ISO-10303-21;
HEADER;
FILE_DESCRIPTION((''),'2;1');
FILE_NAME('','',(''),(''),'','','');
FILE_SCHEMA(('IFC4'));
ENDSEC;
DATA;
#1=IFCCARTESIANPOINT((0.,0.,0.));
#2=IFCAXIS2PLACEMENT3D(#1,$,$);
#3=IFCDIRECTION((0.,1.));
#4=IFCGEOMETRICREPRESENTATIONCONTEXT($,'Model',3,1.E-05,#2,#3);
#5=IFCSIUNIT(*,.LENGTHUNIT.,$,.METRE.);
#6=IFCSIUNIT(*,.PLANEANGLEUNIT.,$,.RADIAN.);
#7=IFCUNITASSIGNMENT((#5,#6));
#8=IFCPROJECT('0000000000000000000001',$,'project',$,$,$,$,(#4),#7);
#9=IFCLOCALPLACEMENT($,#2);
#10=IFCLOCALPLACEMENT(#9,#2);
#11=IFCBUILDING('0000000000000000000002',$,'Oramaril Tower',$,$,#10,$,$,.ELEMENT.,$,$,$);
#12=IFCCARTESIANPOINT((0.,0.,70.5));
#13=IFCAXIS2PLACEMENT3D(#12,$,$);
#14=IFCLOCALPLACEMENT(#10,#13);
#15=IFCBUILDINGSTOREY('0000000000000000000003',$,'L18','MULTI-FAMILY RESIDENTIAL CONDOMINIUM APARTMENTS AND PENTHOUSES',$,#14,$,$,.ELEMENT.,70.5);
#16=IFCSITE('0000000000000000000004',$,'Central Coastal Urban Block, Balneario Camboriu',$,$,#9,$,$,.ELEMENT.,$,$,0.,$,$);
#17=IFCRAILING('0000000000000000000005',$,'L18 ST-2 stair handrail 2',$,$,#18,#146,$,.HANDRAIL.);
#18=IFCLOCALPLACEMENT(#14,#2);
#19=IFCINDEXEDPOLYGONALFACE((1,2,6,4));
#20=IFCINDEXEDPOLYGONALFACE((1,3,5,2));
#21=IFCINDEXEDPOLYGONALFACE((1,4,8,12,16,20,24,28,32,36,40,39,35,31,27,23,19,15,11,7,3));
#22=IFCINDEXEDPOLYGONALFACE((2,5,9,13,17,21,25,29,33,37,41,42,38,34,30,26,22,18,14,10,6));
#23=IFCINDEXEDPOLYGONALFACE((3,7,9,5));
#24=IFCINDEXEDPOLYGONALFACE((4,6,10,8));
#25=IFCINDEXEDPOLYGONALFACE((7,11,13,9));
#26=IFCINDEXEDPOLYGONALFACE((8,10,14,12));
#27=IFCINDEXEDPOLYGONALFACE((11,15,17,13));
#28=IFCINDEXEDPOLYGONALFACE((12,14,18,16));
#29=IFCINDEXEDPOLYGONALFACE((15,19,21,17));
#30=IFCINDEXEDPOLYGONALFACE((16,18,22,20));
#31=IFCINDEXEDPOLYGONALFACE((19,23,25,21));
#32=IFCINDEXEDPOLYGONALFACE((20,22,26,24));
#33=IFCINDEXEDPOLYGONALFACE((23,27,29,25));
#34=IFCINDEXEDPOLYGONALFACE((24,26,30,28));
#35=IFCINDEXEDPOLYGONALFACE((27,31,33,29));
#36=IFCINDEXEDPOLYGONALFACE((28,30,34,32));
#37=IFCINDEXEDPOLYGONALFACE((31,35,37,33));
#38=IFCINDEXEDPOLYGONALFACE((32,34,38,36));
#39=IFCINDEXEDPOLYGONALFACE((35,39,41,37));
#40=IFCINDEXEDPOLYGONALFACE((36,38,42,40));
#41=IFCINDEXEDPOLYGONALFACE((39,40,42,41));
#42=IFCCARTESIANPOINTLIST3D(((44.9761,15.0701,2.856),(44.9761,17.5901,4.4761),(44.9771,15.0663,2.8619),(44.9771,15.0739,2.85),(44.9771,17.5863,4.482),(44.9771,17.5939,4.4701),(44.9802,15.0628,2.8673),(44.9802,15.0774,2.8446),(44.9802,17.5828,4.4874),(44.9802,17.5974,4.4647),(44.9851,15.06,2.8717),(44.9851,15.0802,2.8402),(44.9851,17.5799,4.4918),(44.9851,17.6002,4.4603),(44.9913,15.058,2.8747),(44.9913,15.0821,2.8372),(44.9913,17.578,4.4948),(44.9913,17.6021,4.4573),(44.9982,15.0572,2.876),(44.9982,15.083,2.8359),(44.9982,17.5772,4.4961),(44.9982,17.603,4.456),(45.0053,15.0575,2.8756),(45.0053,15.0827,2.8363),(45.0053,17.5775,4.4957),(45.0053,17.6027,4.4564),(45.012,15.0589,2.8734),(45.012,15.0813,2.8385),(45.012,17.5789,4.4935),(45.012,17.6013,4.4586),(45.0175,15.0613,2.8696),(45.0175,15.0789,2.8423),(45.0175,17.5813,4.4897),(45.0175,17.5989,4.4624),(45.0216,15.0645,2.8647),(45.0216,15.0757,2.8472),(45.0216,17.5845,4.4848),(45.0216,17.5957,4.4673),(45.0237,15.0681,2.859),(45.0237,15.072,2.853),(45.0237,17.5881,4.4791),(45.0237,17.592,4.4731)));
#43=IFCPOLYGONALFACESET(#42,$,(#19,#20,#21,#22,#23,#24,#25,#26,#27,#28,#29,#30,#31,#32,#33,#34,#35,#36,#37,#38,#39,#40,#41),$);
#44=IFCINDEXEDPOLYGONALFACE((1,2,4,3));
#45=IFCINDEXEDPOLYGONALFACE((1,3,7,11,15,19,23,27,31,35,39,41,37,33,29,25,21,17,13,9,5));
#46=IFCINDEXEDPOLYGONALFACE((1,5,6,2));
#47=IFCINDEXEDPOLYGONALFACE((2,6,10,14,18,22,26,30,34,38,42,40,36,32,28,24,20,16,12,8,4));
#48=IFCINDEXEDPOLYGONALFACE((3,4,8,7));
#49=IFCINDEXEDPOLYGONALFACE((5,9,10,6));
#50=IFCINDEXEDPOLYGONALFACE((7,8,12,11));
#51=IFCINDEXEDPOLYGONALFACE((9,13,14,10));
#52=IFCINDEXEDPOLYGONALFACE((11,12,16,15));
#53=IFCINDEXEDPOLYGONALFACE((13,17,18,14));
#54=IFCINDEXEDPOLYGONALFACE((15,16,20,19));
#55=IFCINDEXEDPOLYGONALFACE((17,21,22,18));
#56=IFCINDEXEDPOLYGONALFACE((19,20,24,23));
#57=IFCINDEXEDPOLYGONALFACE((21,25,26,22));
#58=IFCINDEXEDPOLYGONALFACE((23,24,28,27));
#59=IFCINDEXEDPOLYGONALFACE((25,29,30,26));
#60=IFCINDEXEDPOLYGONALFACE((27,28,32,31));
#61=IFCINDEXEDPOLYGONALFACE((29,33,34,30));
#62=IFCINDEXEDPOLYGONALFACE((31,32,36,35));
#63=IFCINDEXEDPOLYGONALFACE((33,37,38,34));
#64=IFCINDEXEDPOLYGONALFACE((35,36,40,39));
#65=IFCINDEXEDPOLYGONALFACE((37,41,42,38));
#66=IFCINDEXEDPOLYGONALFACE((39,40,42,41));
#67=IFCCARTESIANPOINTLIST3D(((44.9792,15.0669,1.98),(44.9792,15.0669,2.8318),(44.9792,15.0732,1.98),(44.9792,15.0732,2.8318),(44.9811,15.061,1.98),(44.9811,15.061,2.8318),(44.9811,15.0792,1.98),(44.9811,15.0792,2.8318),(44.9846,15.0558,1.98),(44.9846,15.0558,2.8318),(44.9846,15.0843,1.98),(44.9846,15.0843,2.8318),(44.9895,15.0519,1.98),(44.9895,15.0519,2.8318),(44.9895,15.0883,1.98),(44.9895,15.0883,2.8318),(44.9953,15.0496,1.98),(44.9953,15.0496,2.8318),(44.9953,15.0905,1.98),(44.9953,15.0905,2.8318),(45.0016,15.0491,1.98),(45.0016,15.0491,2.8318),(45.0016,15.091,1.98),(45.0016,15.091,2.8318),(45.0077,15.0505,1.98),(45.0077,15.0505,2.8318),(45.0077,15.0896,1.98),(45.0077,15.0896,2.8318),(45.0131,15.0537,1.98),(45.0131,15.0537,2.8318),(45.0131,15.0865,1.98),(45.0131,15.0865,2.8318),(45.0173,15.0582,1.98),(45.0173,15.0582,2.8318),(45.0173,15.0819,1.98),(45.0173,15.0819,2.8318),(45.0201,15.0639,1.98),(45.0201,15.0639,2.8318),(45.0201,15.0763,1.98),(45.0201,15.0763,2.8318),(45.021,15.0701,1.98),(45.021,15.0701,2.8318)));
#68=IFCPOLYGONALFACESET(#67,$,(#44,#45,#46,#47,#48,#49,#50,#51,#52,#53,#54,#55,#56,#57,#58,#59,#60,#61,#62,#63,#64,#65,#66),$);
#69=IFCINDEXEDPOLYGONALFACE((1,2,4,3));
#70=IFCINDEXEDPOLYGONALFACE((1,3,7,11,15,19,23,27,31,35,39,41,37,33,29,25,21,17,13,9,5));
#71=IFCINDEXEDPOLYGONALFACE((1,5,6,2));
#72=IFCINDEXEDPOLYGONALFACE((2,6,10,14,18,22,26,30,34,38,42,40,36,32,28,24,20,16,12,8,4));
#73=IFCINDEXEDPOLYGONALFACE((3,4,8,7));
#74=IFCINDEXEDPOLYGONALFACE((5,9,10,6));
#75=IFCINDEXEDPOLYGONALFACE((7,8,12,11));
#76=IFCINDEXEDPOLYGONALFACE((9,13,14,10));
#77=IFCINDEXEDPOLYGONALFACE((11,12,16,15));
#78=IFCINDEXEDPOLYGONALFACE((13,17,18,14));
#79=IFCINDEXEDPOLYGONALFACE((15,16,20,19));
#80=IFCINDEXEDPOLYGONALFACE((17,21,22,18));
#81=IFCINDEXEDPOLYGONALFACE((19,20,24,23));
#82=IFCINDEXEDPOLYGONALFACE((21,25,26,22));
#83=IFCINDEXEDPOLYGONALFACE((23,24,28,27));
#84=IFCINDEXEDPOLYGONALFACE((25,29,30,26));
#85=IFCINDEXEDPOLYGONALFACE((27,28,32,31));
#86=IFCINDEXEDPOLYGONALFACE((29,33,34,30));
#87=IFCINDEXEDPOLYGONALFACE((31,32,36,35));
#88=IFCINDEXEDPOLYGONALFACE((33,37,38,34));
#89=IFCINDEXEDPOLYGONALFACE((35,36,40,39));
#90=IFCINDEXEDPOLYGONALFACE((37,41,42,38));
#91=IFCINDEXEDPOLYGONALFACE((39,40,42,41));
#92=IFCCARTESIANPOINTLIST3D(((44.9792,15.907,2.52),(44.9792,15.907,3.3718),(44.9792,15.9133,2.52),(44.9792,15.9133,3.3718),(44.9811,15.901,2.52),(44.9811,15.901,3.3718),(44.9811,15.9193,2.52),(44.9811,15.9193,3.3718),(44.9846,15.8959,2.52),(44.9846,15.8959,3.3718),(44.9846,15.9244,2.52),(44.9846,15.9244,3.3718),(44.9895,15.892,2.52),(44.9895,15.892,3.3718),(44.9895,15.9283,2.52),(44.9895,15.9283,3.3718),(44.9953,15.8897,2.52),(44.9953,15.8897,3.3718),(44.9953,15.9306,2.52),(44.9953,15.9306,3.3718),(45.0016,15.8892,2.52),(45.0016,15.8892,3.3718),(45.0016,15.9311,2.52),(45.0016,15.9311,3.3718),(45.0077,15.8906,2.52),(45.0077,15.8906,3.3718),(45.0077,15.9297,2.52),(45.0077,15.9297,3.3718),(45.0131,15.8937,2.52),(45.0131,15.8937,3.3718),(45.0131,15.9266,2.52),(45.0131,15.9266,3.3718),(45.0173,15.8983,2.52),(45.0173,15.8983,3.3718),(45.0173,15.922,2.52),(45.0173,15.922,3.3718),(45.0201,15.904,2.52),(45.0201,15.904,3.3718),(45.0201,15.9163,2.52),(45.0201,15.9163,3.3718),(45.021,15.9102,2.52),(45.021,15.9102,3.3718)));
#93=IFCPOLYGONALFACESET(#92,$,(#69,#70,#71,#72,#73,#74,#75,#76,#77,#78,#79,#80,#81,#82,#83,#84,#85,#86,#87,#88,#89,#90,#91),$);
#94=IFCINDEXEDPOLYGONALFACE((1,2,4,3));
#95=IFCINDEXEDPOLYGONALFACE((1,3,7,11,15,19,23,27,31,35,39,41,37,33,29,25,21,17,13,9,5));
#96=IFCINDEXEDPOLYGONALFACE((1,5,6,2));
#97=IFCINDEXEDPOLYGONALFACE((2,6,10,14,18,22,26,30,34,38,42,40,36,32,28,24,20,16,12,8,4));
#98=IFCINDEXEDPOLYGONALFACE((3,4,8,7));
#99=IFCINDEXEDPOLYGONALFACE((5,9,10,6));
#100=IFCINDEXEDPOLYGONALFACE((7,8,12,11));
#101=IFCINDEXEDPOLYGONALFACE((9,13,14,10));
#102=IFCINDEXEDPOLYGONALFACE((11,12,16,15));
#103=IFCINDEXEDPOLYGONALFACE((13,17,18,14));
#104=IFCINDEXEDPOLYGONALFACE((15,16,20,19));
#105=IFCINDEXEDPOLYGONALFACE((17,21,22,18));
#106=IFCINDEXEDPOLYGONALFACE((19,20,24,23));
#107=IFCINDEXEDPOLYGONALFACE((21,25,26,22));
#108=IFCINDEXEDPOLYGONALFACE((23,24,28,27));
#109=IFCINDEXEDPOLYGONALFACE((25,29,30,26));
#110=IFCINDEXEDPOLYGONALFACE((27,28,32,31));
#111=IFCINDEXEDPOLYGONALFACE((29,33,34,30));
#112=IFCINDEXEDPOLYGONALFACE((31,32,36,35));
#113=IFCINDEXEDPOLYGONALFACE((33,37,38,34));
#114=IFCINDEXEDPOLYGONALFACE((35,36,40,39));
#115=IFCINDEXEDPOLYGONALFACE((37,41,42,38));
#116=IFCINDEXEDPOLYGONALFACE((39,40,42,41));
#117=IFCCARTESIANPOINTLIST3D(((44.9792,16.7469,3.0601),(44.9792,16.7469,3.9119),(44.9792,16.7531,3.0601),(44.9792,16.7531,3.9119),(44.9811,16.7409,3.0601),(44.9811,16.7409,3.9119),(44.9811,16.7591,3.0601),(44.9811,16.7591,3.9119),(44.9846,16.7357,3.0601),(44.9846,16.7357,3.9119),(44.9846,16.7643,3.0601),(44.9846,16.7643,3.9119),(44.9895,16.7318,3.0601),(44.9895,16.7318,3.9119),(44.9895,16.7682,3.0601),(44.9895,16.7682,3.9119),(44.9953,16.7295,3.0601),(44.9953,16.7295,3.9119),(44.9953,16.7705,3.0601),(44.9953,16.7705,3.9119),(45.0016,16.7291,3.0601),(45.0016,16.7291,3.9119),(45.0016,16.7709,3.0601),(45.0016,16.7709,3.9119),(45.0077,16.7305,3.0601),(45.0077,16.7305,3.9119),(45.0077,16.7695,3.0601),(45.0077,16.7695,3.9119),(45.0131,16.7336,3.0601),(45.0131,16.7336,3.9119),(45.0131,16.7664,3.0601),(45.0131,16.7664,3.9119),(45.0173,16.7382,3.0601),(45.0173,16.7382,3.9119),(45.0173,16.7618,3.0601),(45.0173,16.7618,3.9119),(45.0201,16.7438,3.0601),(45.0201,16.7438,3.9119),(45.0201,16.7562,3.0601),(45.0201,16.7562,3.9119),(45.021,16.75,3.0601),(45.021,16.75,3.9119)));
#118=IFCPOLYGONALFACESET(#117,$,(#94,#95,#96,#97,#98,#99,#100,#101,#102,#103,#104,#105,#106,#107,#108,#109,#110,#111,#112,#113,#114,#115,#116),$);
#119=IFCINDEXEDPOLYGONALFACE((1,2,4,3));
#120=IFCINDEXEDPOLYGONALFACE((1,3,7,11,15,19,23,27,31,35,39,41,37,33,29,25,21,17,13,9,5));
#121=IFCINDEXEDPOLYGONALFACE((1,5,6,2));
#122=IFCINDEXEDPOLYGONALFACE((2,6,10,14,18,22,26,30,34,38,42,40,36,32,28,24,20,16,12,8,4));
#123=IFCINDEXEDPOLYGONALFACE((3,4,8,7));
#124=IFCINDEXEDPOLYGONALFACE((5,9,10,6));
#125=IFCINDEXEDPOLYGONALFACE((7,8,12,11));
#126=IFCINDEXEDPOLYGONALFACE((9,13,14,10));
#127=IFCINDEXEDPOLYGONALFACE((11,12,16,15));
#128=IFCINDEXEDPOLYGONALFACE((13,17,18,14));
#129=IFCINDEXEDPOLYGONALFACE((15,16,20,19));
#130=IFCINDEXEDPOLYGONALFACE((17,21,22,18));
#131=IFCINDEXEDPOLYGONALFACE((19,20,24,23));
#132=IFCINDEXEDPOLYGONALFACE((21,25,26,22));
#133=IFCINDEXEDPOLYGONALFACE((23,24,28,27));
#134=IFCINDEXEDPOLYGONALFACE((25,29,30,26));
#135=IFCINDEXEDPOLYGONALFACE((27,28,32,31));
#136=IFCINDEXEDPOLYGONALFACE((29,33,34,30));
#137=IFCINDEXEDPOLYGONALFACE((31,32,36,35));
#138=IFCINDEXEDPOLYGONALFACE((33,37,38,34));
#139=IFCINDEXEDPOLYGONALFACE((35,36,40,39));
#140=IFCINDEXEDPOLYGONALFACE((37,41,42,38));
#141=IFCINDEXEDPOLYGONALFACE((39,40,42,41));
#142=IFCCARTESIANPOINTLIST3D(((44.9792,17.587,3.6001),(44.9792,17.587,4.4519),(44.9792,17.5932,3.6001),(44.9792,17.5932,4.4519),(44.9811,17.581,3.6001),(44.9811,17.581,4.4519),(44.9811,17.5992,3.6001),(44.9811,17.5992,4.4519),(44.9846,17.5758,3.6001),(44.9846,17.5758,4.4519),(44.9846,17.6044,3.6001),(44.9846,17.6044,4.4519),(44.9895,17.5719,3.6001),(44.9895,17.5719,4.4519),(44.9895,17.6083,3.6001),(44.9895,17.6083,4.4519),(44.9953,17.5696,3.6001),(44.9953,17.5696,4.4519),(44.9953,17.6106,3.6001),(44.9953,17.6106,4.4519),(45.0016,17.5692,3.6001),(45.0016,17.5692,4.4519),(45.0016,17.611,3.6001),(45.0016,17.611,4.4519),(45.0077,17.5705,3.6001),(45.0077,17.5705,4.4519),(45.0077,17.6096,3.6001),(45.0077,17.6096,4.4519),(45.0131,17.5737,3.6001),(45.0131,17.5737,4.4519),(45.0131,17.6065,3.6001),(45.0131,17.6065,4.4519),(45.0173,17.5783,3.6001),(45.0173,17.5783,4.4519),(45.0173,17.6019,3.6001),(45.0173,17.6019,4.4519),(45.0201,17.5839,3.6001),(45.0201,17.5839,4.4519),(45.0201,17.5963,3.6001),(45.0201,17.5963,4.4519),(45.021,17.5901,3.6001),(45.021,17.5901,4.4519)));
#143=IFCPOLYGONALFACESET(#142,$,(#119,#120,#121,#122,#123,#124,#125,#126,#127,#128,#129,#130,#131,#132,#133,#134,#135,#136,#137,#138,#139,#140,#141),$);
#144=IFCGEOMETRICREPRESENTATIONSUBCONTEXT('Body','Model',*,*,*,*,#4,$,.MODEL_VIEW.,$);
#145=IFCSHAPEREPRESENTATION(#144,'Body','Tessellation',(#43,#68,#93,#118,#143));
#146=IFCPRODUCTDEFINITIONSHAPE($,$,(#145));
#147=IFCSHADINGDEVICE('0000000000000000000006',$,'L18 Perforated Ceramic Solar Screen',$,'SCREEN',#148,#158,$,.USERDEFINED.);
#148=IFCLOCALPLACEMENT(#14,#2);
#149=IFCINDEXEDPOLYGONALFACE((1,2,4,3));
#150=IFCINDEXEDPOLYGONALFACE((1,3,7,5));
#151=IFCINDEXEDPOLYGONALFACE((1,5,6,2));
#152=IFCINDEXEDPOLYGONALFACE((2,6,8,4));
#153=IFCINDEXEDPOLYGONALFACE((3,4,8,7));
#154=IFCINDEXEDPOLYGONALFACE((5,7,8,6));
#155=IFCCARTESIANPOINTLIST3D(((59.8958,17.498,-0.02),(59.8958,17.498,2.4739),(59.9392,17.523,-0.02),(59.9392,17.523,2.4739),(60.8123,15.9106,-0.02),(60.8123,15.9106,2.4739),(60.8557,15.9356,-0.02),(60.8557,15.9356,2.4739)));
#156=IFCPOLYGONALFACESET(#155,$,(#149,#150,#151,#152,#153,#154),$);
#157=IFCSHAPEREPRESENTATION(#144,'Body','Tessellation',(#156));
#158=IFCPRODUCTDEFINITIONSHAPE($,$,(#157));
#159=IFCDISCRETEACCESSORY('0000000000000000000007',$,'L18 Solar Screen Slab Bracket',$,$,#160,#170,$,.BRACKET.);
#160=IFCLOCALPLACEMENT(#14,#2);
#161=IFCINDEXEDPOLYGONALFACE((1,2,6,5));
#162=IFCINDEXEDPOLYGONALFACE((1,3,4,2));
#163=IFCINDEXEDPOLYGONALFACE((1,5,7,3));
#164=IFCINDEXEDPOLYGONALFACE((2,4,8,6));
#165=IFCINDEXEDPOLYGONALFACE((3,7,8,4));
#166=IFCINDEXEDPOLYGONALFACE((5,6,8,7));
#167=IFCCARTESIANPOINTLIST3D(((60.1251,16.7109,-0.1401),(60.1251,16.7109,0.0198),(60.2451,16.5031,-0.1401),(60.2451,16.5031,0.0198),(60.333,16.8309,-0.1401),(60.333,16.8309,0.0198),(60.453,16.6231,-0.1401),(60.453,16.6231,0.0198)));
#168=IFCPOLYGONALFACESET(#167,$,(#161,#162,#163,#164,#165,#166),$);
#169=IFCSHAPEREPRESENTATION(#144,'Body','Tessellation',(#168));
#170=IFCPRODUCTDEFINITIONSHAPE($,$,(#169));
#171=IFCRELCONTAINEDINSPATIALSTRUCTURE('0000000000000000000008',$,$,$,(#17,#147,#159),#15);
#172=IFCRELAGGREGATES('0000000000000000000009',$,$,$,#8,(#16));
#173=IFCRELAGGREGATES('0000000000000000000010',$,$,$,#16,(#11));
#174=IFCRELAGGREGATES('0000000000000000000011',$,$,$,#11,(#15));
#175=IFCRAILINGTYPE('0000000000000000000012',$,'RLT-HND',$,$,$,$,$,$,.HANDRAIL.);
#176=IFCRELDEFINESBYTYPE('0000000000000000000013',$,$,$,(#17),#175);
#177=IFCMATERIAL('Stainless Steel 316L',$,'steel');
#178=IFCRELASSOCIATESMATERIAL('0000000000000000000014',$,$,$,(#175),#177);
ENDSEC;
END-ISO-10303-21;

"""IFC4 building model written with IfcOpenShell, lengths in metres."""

from ifc_helpers import new_model, si_unit, direction, frame, origin, origin_2d, place, context, subcontext, project, spatial, rectangle, circle, extrude, material, type_object, element, save


model = new_model("IFC4")

# Units and contexts
model_context = context("Model", 3, precision=1e-05, world=origin(), true_north=direction((0.0, 1.0)))
body_context = subcontext(model_context, "Body", "Model", "MODEL_VIEW")
ifc_project = project(units=[si_unit("LENGTHUNIT", "METRE"), si_unit("PLANEANGLEUNIT", "RADIAN")], contexts=[model_context])

# Site, building, storey
site_placement = place(None, origin())
site = spatial("IfcSite", under=ifc_project, at=site_placement, Name="Central Coastal Urban Block, Balneario Camboriu", CompositionType="ELEMENT", RefElevation=0.0)
building_placement = place(site_placement, origin())
building = spatial("IfcBuilding", under=site, at=building_placement, Name="Oramaril Tower", CompositionType="ELEMENT")
storey_placement = place(building_placement, frame((0.0, 0.0, 70.5)))
storey = spatial("IfcBuildingStorey", under=building, at=storey_placement, Name="L18", Description="MULTI-FAMILY RESIDENTIAL CONDOMINIUM APARTMENTS AND PENTHOUSES", CompositionType="ELEMENT", Elevation=70.5)

# Railing
ifc_material_1 = material(Name="Stainless Steel 316L", Category="steel")
railing_type_1 = type_object("IfcRailingType", Name="RLT-HND", PredefinedType="HANDRAIL", material=ifc_material_1)
railing_1_placement = place(storey_placement, frame((45.0, 15.0701, 1.98)))
element("IfcRailing", 1, at=railing_1_placement, inside=storey, type_object=railing_type_1, Name="L18 ST-2 stair handrail 2", PredefinedType="HANDRAIL", context=body_context, shape_type="SweptSolid", body=[
    extrude(circle(Radius=0.0239, at=origin_2d()), frame((0.0, 0.0, 0.876), z_axis=(0.0, 0.841163, 0.540782), x_axis=(-1.0, 0.0, 0.0)), (0.0, 0.0, 1.0), 2.9958),
    extrude(circle(Radius=0.021, at=origin_2d()), origin(), (0.0, 0.0, 1.0), 0.8518),
    extrude(circle(Radius=0.021, at=origin_2d()), frame((0.0, 0.8401, 0.54)), (0.0, 0.0, 1.0), 0.8518),
    extrude(circle(Radius=0.021, at=origin_2d()), frame((0.0, 1.6799, 1.0801)), (0.0, 0.0, 1.0), 0.8518),
    extrude(circle(Radius=0.021, at=origin_2d()), frame((0.0, 2.52, 1.6201)), (0.0, 0.0, 1.0), 0.8518),
])

# Shading device
shading_device_placement = place(storey_placement, frame((60.3757, 16.7168, -0.02), z_axis=(0.0, 0.0, 1.0), x_axis=(-0.499998, 0.866026, 0.0)))
element("IfcShadingDevice", 2, at=shading_device_placement, inside=storey, Name="L18 Perforated Ceramic Solar Screen", ObjectType="SCREEN", PredefinedType="USERDEFINED", context=body_context, shape_type="SweptSolid", body=[
    extrude(rectangle(XDim=1.833, YDim=0.05, at=origin_2d()), origin(), (0.0, 0.0, 1.0), 2.4939),
])

# Discrete accessory
discrete_accessory_placement = place(storey_placement, frame((60.2891, 16.667, -0.1401), z_axis=(0.0, 0.0, 1.0), x_axis=(-0.499998, 0.866026, 0.0)))
element("IfcDiscreteAccessory", 3, at=discrete_accessory_placement, inside=storey, Name="L18 Solar Screen Slab Bracket", PredefinedType="BRACKET", context=body_context, shape_type="SweptSolid", body=[
    extrude(rectangle(XDim=0.24, YDim=0.24, at=origin_2d()), origin(), (0.0, 0.0, 1.0), 0.1599),
])

save(model, "model.ifc")
